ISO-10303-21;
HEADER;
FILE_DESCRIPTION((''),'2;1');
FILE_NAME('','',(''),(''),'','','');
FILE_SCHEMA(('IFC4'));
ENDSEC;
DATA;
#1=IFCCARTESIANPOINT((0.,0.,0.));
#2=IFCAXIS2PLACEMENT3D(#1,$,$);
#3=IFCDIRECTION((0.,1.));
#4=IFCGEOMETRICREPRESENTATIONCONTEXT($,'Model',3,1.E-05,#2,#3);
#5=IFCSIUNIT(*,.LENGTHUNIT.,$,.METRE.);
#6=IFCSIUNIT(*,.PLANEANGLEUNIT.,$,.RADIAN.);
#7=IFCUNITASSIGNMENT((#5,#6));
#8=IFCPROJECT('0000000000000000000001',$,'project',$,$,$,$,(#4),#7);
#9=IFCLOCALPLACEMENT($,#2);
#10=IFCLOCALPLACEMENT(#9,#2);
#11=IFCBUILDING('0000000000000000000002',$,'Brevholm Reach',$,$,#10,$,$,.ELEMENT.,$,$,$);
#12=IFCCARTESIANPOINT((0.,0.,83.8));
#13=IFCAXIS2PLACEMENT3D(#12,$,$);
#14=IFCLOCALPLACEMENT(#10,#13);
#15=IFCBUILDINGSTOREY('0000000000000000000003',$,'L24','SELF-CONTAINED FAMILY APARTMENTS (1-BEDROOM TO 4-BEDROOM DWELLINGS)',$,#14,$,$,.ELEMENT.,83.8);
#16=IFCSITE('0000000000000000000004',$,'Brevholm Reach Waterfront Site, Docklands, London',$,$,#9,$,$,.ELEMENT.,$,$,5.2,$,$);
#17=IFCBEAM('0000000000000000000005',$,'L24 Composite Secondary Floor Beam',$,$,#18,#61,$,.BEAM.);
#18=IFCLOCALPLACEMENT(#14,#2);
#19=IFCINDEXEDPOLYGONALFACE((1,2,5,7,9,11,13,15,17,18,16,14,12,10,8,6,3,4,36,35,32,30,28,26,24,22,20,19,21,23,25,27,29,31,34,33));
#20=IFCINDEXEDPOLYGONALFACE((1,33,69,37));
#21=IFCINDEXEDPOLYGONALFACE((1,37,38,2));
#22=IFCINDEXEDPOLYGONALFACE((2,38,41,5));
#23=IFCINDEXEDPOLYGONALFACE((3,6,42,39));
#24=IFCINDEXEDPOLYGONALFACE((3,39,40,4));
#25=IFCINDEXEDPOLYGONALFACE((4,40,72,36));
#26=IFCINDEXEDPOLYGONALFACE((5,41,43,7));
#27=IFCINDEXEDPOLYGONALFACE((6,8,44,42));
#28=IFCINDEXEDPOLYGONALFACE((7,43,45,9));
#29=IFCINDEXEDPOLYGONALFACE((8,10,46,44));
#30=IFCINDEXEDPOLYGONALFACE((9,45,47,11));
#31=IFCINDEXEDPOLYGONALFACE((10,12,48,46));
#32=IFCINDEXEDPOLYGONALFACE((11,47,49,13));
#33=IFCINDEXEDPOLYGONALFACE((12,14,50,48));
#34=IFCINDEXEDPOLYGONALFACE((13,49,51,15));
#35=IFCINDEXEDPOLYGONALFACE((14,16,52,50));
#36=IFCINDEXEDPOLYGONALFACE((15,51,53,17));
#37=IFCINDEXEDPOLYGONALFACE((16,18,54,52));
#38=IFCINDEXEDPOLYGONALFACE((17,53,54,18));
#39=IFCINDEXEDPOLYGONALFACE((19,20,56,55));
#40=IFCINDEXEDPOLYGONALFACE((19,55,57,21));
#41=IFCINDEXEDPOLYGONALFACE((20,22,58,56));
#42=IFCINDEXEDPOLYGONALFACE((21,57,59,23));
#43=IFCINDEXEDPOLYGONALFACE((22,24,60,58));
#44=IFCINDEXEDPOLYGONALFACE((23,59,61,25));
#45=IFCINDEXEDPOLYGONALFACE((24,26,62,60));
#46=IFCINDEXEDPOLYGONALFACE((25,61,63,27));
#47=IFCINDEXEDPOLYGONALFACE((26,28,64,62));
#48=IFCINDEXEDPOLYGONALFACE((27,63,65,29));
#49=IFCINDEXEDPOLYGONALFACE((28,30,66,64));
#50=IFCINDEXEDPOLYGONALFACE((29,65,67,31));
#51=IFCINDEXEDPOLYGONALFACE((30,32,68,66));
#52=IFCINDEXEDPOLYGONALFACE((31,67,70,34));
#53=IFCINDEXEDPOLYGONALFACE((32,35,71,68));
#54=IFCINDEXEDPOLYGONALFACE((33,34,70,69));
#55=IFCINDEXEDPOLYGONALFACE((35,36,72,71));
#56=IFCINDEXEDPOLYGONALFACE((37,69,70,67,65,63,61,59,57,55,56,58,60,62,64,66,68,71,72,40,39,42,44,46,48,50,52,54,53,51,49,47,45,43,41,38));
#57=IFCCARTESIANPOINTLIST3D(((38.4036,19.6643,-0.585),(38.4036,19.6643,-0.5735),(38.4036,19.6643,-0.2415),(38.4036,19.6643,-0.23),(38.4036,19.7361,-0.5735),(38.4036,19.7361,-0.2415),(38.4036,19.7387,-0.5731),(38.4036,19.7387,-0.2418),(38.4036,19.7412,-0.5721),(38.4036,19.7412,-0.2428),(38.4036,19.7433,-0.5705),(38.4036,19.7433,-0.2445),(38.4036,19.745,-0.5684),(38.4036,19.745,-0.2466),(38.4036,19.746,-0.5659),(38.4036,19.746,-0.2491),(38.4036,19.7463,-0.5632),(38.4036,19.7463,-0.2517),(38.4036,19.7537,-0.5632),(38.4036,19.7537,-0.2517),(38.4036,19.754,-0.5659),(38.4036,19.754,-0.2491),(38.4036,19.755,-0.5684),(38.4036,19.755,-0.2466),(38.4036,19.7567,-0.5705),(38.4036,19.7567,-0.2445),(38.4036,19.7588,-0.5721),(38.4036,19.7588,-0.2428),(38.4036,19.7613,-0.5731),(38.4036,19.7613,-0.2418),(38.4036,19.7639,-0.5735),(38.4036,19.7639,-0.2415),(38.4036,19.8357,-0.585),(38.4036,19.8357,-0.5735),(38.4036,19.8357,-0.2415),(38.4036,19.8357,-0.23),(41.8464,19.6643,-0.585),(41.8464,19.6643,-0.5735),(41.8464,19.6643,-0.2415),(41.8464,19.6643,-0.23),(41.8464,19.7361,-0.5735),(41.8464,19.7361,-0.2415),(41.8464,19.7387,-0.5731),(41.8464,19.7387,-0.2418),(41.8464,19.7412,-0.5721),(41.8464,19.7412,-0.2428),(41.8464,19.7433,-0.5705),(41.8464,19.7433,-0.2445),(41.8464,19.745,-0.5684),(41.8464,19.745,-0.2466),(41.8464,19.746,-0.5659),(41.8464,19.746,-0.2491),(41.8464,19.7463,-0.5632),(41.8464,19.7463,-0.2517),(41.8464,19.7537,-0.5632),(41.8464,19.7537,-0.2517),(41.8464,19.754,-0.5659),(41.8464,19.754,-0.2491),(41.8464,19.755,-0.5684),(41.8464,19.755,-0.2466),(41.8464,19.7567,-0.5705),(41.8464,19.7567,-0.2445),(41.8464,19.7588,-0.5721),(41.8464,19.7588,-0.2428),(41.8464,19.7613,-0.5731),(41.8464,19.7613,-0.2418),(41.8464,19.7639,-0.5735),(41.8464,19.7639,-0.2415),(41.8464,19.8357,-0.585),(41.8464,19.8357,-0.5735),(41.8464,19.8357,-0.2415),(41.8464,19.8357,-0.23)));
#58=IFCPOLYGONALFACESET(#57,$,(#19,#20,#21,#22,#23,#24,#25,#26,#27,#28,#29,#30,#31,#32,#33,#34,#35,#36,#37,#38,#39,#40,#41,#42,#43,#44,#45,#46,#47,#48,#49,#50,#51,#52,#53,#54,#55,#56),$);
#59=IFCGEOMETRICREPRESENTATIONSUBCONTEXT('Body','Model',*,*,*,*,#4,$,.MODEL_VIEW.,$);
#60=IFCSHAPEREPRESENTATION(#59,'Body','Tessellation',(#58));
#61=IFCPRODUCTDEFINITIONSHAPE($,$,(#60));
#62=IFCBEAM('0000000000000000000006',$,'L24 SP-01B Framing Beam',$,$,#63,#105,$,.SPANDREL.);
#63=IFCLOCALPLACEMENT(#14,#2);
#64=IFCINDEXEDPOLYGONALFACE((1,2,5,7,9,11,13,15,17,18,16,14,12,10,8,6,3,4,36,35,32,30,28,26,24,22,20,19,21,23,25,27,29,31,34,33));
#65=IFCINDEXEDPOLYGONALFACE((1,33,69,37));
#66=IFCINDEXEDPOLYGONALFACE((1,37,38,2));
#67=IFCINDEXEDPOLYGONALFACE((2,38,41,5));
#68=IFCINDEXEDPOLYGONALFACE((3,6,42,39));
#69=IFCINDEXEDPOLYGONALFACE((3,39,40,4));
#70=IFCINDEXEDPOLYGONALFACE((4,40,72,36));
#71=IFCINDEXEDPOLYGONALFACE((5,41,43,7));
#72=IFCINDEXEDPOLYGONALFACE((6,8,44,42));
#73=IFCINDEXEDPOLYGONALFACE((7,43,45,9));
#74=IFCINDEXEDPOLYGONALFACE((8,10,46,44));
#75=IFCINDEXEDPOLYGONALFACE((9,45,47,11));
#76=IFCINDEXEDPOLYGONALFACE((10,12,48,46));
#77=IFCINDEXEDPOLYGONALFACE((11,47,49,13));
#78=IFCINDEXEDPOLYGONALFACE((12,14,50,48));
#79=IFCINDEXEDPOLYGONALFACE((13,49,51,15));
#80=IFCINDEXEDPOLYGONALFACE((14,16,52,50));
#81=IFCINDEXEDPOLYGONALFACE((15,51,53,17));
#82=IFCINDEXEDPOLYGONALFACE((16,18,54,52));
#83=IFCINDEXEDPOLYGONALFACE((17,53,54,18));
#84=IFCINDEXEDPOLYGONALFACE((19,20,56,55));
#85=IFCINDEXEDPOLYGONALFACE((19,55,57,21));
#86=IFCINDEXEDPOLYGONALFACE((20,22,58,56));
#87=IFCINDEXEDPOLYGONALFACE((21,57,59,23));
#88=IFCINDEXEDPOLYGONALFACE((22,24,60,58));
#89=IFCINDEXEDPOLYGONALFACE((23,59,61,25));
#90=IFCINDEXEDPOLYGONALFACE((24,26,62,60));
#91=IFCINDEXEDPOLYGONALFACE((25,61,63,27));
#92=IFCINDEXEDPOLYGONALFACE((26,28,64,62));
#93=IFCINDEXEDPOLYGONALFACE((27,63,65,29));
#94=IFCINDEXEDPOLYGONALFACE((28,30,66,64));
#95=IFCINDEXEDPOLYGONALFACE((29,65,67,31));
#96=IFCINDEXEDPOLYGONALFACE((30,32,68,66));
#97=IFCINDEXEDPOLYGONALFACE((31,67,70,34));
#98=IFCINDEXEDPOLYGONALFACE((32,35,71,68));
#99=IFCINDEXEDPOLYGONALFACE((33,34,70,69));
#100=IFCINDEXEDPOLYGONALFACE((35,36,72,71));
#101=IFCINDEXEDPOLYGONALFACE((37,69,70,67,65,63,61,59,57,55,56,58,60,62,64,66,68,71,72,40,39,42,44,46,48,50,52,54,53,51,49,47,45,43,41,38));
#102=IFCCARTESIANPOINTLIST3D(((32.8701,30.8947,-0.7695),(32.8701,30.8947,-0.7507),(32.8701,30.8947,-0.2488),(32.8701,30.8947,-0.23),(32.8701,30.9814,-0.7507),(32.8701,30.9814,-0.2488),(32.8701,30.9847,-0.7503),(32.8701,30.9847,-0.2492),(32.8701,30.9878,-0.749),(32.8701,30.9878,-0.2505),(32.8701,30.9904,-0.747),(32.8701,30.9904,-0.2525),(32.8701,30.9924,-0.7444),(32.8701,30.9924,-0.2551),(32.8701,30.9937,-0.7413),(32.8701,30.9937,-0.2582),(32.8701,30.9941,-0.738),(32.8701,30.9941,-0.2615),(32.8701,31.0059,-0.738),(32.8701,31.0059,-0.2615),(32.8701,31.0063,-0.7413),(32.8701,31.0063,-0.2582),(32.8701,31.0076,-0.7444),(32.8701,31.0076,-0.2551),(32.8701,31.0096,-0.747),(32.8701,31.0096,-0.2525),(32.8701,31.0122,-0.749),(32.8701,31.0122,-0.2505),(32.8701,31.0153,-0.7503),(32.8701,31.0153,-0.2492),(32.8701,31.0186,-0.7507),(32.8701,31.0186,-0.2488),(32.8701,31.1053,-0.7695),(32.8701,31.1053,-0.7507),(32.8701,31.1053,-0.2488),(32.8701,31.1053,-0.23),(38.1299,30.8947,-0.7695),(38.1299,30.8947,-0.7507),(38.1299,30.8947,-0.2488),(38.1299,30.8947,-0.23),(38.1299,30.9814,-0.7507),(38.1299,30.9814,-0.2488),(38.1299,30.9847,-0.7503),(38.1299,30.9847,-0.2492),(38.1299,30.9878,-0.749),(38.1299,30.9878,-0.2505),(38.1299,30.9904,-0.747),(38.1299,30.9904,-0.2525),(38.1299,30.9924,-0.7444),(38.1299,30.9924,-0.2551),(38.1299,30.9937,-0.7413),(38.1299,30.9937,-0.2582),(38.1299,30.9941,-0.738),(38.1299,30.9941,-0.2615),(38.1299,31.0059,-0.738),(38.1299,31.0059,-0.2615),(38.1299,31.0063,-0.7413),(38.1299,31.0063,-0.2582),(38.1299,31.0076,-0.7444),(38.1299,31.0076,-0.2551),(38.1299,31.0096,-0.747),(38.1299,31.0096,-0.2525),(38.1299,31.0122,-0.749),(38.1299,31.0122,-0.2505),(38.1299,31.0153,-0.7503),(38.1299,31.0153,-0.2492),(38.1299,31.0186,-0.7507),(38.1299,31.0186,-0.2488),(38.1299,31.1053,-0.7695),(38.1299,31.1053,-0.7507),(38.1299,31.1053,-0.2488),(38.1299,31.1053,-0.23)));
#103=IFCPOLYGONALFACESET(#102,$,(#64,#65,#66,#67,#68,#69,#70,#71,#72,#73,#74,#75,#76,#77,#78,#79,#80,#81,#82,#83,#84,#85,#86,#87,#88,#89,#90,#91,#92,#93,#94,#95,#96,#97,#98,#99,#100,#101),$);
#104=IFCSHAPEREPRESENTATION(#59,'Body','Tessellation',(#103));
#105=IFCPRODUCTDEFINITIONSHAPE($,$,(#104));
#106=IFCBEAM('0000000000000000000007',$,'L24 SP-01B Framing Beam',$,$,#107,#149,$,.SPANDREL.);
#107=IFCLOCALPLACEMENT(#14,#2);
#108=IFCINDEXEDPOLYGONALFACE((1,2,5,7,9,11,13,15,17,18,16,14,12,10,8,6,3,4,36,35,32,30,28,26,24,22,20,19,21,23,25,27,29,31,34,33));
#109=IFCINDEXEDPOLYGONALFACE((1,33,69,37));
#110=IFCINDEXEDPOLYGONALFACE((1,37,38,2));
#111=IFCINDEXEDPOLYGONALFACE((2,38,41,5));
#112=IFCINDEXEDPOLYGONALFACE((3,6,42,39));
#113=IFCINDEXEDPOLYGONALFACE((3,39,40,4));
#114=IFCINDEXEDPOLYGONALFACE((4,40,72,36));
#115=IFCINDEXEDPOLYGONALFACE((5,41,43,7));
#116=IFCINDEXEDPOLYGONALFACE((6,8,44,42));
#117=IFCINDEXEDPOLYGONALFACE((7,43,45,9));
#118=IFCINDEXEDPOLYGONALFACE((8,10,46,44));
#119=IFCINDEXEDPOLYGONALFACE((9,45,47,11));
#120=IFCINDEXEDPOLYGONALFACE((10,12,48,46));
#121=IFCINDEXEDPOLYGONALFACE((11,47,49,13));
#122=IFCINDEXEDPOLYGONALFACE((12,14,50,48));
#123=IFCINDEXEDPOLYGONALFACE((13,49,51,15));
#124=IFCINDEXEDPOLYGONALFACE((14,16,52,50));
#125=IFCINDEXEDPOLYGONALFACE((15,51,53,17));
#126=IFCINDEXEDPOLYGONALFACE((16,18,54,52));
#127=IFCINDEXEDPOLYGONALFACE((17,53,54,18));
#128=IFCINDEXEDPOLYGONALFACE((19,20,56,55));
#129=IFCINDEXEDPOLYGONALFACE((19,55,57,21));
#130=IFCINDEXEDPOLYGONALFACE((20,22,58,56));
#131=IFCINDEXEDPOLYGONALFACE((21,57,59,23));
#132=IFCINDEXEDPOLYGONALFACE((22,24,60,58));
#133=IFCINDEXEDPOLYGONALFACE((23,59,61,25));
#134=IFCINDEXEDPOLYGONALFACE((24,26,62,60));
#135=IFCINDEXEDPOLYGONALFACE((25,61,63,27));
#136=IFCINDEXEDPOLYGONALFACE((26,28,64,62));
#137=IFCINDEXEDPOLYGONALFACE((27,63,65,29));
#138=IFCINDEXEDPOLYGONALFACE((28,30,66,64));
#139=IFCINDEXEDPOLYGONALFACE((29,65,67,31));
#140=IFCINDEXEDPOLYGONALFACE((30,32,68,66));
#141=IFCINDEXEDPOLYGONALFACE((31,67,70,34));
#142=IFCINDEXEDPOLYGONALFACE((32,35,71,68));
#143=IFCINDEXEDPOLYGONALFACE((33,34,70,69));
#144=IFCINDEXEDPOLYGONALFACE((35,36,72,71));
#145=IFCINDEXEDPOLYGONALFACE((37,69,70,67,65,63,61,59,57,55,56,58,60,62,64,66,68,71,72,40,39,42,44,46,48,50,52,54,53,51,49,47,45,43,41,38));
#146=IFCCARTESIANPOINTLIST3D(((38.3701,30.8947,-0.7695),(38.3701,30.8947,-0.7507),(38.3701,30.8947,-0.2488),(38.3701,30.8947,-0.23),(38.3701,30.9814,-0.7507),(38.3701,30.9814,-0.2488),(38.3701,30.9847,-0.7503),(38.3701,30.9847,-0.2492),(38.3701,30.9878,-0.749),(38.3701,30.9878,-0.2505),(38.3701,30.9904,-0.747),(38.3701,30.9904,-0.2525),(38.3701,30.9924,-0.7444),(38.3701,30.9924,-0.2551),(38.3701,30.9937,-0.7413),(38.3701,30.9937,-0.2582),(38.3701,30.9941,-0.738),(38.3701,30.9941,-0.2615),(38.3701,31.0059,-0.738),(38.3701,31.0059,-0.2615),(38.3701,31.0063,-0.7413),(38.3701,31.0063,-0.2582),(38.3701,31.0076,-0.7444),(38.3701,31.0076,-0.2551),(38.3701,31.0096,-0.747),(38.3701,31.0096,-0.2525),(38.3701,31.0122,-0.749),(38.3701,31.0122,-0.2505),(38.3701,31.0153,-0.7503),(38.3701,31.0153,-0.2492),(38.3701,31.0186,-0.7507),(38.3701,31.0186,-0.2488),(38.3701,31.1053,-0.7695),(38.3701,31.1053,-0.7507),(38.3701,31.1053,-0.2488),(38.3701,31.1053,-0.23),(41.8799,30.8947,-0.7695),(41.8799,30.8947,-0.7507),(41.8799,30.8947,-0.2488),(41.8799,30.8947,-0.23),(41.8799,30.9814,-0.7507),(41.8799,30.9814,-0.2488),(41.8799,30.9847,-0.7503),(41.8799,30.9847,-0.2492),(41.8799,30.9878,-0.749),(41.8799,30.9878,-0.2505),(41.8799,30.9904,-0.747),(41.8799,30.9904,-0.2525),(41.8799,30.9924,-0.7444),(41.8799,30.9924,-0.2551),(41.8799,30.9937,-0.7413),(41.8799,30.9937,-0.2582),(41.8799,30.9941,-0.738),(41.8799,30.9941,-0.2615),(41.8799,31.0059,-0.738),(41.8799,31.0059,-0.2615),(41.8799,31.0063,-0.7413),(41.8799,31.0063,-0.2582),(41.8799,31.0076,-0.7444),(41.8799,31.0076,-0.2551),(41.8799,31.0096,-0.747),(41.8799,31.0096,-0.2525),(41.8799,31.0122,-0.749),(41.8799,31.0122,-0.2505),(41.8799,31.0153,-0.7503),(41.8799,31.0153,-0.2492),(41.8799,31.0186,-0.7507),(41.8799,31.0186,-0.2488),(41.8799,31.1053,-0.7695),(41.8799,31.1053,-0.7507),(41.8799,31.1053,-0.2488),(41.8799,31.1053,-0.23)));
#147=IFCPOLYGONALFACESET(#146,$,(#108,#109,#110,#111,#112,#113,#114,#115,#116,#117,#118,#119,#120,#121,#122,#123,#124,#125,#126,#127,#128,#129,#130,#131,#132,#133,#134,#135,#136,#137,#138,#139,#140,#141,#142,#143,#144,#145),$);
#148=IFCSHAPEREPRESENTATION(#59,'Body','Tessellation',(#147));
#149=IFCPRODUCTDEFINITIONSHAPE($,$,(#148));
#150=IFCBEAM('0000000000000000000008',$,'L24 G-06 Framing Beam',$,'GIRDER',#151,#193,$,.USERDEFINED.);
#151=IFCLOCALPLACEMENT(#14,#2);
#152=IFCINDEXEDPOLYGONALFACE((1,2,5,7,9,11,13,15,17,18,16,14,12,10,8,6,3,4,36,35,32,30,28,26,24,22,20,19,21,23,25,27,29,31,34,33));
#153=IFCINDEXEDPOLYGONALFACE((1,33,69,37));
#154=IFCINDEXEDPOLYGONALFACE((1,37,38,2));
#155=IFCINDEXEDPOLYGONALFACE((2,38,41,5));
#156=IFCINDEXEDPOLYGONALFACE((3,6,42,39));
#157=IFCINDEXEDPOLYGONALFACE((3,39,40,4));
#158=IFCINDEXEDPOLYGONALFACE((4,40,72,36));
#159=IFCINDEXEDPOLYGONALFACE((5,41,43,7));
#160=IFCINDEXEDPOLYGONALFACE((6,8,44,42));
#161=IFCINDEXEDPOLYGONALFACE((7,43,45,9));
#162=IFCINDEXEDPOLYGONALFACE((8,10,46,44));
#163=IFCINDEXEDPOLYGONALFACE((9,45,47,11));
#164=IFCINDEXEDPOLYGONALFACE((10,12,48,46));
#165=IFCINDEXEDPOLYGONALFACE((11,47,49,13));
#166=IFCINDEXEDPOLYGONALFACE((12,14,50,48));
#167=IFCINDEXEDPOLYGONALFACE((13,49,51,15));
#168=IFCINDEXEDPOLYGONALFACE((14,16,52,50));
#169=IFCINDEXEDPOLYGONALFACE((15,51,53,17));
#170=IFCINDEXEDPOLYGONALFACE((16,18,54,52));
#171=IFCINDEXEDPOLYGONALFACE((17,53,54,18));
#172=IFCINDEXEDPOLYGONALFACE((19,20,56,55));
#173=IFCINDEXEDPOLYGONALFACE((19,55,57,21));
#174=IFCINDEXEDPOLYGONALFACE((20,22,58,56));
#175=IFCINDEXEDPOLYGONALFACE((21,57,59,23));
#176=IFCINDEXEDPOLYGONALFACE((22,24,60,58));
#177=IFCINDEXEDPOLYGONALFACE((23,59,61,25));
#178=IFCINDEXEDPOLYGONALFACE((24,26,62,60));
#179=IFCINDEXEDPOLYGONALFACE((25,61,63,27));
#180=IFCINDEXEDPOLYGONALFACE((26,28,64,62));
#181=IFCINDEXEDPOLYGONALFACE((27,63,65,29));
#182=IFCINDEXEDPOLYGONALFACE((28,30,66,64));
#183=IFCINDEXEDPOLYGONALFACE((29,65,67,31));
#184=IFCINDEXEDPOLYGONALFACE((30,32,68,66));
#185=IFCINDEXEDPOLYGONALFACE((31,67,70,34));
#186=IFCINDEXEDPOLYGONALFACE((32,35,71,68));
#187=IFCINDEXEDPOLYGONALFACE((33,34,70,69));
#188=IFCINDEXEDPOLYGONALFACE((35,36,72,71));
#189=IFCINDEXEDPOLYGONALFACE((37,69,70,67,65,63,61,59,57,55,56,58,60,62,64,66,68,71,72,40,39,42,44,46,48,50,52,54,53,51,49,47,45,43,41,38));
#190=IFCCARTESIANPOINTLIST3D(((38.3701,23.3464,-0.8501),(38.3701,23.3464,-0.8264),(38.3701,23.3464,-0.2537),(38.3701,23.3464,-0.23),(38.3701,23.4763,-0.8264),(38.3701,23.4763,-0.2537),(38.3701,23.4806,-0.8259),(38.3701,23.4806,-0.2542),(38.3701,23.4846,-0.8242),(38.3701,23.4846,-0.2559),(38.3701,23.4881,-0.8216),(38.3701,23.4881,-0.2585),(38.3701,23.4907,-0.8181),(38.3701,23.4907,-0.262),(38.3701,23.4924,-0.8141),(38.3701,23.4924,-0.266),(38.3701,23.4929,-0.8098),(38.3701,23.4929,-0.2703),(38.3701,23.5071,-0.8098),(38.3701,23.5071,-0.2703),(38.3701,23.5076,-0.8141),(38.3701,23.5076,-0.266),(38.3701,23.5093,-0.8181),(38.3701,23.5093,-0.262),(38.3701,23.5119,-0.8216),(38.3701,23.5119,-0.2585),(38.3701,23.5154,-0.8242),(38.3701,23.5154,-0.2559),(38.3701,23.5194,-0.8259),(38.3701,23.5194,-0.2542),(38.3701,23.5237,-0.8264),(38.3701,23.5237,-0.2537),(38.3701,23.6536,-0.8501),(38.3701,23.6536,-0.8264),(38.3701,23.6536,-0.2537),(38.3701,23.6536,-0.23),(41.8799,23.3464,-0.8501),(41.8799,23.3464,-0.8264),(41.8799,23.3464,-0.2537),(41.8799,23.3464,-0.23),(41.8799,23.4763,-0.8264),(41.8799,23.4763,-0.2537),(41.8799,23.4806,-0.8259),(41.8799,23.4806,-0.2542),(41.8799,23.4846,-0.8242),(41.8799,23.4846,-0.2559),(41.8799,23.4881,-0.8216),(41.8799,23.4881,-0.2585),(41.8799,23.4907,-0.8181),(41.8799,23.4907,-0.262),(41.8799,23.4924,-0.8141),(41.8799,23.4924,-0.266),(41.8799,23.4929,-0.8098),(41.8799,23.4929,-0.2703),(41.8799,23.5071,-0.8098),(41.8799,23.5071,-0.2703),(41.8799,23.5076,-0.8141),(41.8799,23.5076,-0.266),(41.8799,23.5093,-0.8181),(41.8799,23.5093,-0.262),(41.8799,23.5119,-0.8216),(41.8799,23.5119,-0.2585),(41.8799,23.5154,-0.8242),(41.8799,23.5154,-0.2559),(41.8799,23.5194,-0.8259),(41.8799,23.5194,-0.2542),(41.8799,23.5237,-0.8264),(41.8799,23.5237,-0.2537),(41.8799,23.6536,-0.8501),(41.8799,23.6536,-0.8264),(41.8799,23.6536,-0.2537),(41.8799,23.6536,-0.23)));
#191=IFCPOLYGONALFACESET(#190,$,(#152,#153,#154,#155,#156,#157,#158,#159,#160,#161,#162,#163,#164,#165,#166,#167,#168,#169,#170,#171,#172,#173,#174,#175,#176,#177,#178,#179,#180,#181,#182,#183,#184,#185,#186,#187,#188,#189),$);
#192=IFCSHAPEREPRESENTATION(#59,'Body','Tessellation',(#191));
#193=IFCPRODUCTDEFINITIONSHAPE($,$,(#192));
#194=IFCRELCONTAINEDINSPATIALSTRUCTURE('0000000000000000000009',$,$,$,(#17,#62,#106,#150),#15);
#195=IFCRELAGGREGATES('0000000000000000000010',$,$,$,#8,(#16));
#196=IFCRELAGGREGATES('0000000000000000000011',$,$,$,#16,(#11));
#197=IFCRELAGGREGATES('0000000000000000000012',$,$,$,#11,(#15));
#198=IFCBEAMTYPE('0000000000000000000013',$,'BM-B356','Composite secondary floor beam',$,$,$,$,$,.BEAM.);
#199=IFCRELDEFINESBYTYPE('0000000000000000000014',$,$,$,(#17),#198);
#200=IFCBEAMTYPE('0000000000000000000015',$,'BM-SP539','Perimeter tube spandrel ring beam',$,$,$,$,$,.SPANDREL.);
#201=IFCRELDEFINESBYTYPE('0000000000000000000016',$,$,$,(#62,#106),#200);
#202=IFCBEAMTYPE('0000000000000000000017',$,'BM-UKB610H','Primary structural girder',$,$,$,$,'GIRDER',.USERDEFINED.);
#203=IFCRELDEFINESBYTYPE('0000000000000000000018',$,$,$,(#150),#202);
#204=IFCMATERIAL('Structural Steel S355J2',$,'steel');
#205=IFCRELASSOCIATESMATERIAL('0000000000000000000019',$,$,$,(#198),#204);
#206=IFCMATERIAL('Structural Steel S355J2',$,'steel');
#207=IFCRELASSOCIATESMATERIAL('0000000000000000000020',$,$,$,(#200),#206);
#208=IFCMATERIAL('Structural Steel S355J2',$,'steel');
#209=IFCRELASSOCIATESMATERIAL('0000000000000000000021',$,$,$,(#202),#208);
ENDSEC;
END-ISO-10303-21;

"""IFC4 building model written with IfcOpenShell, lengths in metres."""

from ifc_helpers import new_model, si_unit, direction, frame, origin, origin_2d, place, context, subcontext, project, spatial, i_section, extrude, material, material_profile, profile_set, type_object, element, save


model = new_model("IFC4")

# Units and contexts
model_context = context("Model", 3, precision=1e-05, world=origin(), true_north=direction((0.0, 1.0)))
body_context = subcontext(model_context, "Body", "Model", "MODEL_VIEW")
ifc_project = project(units=[si_unit("LENGTHUNIT", "METRE"), si_unit("PLANEANGLEUNIT", "RADIAN")], contexts=[model_context])

# Site, building, storey
site_placement = place(None, origin())
site = spatial("IfcSite", under=ifc_project, at=site_placement, Name="Brevholm Reach Waterfront Site, Docklands, London", CompositionType="ELEMENT", RefElevation=5.2)
building_placement = place(site_placement, origin())
building = spatial("IfcBuilding", under=site, at=building_placement, Name="Brevholm Reach", CompositionType="ELEMENT")
storey_placement = place(building_placement, frame((0.0, 0.0, 83.8)))
storey = spatial("IfcBuildingStorey", under=building, at=storey_placement, Name="L24", Description="SELF-CONTAINED FAMILY APARTMENTS (1-BEDROOM TO 4-BEDROOM DWELLINGS)", CompositionType="ELEMENT", Elevation=83.8)

# Beams
ifc_material_1 = material(Name="Structural Steel S355J2", Category="steel")
ifc_material_profile_1 = material_profile(ifc_material_1, i_section(OverallWidth=0.1714, OverallDepth=0.355, WebThickness=0.0073, FlangeThickness=0.0115, FilletRadius=0.0103, at=origin_2d()), Name="UKB 356x171x51")
ifc_profile_set_1 = profile_set([ifc_material_profile_1], Name="Structural Steel S355J2")
beam_type_1 = type_object("IfcBeamType", Name="BM-B356", Description="Composite secondary floor beam", PredefinedType="BEAM", material=ifc_profile_set_1)
beam_1_placement = place(storey_placement, frame((38.4036, 19.75, -0.4075), z_axis=(1.0, 0.0, 0.0), x_axis=(0.0, 1.0, 0.0)))
element("IfcBeam", 1, at=beam_1_placement, inside=storey, type_object=beam_type_1, Name="L24 Composite Secondary Floor Beam", PredefinedType="BEAM", context=body_context, shape_type="SweptSolid", body=[
    extrude(i_section(OverallWidth=0.1714, OverallDepth=0.355, WebThickness=0.0073, FlangeThickness=0.0115, FilletRadius=0.0103, at=origin_2d()), origin(), (0.0, 0.0, 1.0), 3.4429),
])
ifc_material_2 = material(Name="Structural Steel S355J2", Category="steel")
ifc_material_profile_2 = material_profile(ifc_material_2, i_section(OverallWidth=0.2107, OverallDepth=0.5396, WebThickness=0.0117, FlangeThickness=0.0188, FilletRadius=0.0127, at=origin_2d()), Name="UKB 533x210x109")
ifc_profile_set_2 = profile_set([ifc_material_profile_2], Name="Structural Steel S355J2")
beam_type_2 = type_object("IfcBeamType", Name="BM-SP539", Description="Perimeter tube spandrel ring beam", PredefinedType="SPANDREL", material=ifc_profile_set_2)
beam_2_placement = place(storey_placement, frame((32.8701, 31.0, -0.4998), z_axis=(1.0, 0.0, 0.0), x_axis=(0.0, 1.0, 0.0)))
element("IfcBeam", 2, at=beam_2_placement, inside=storey, type_object=beam_type_2, Name="L24 SP-01B Framing Beam", PredefinedType="SPANDREL", context=body_context, shape_type="SweptSolid", body=[
    extrude(i_section(OverallWidth=0.2107, OverallDepth=0.5396, WebThickness=0.0117, FlangeThickness=0.0188, FilletRadius=0.0127, at=origin_2d()), origin(), (0.0, 0.0, 1.0), 5.2598),
])
beam_3_placement = place(storey_placement, frame((38.3701, 31.0, -0.4998), z_axis=(1.0, 0.0, 0.0), x_axis=(0.0, 1.0, 0.0)))
element("IfcBeam", 3, at=beam_3_placement, inside=storey, type_object=beam_type_2, Name="L24 SP-01B Framing Beam", PredefinedType="SPANDREL", context=body_context, shape_type="SweptSolid", body=[
    extrude(i_section(OverallWidth=0.2107, OverallDepth=0.5396, WebThickness=0.0117, FlangeThickness=0.0188, FilletRadius=0.0127, at=origin_2d()), origin(), (0.0, 0.0, 1.0), 3.5098),
])
ifc_material_3 = material(Name="Structural Steel S355J2", Category="steel")
ifc_material_profile_3 = material_profile(ifc_material_3, i_section(OverallWidth=0.3071, OverallDepth=0.6201, WebThickness=0.0142, FlangeThickness=0.0237, FilletRadius=0.0166, at=origin_2d()), Name="UKB 610x305x179")
ifc_profile_set_3 = profile_set([ifc_material_profile_3], Name="Structural Steel S355J2")
beam_type_3 = type_object("IfcBeamType", Name="BM-UKB610H", Description="Primary structural girder", ElementType="GIRDER", PredefinedType="USERDEFINED", material=ifc_profile_set_3)
for number, where, z_axis, x_axis, name in (
    (4, (38.3701, 23.5, -0.54), (1.0, 0.0, 0.0), (0.0, 1.0, 0.0), "L24 G-06 Framing Beam"),
):
    element("IfcBeam", number, at=place(storey_placement, frame(where, z_axis=z_axis, x_axis=x_axis)), inside=storey, type_object=beam_type_3, Name=name, ObjectType="GIRDER", PredefinedType="USERDEFINED", context=body_context, shape_type="SweptSolid", body=[
        extrude(i_section(OverallWidth=0.3071, OverallDepth=0.6201, WebThickness=0.0142, FlangeThickness=0.0237, FilletRadius=0.0166, at=origin_2d()), origin(), (0.0, 0.0, 1.0), 3.5098),
    ])

save(model, "model.ifc")
